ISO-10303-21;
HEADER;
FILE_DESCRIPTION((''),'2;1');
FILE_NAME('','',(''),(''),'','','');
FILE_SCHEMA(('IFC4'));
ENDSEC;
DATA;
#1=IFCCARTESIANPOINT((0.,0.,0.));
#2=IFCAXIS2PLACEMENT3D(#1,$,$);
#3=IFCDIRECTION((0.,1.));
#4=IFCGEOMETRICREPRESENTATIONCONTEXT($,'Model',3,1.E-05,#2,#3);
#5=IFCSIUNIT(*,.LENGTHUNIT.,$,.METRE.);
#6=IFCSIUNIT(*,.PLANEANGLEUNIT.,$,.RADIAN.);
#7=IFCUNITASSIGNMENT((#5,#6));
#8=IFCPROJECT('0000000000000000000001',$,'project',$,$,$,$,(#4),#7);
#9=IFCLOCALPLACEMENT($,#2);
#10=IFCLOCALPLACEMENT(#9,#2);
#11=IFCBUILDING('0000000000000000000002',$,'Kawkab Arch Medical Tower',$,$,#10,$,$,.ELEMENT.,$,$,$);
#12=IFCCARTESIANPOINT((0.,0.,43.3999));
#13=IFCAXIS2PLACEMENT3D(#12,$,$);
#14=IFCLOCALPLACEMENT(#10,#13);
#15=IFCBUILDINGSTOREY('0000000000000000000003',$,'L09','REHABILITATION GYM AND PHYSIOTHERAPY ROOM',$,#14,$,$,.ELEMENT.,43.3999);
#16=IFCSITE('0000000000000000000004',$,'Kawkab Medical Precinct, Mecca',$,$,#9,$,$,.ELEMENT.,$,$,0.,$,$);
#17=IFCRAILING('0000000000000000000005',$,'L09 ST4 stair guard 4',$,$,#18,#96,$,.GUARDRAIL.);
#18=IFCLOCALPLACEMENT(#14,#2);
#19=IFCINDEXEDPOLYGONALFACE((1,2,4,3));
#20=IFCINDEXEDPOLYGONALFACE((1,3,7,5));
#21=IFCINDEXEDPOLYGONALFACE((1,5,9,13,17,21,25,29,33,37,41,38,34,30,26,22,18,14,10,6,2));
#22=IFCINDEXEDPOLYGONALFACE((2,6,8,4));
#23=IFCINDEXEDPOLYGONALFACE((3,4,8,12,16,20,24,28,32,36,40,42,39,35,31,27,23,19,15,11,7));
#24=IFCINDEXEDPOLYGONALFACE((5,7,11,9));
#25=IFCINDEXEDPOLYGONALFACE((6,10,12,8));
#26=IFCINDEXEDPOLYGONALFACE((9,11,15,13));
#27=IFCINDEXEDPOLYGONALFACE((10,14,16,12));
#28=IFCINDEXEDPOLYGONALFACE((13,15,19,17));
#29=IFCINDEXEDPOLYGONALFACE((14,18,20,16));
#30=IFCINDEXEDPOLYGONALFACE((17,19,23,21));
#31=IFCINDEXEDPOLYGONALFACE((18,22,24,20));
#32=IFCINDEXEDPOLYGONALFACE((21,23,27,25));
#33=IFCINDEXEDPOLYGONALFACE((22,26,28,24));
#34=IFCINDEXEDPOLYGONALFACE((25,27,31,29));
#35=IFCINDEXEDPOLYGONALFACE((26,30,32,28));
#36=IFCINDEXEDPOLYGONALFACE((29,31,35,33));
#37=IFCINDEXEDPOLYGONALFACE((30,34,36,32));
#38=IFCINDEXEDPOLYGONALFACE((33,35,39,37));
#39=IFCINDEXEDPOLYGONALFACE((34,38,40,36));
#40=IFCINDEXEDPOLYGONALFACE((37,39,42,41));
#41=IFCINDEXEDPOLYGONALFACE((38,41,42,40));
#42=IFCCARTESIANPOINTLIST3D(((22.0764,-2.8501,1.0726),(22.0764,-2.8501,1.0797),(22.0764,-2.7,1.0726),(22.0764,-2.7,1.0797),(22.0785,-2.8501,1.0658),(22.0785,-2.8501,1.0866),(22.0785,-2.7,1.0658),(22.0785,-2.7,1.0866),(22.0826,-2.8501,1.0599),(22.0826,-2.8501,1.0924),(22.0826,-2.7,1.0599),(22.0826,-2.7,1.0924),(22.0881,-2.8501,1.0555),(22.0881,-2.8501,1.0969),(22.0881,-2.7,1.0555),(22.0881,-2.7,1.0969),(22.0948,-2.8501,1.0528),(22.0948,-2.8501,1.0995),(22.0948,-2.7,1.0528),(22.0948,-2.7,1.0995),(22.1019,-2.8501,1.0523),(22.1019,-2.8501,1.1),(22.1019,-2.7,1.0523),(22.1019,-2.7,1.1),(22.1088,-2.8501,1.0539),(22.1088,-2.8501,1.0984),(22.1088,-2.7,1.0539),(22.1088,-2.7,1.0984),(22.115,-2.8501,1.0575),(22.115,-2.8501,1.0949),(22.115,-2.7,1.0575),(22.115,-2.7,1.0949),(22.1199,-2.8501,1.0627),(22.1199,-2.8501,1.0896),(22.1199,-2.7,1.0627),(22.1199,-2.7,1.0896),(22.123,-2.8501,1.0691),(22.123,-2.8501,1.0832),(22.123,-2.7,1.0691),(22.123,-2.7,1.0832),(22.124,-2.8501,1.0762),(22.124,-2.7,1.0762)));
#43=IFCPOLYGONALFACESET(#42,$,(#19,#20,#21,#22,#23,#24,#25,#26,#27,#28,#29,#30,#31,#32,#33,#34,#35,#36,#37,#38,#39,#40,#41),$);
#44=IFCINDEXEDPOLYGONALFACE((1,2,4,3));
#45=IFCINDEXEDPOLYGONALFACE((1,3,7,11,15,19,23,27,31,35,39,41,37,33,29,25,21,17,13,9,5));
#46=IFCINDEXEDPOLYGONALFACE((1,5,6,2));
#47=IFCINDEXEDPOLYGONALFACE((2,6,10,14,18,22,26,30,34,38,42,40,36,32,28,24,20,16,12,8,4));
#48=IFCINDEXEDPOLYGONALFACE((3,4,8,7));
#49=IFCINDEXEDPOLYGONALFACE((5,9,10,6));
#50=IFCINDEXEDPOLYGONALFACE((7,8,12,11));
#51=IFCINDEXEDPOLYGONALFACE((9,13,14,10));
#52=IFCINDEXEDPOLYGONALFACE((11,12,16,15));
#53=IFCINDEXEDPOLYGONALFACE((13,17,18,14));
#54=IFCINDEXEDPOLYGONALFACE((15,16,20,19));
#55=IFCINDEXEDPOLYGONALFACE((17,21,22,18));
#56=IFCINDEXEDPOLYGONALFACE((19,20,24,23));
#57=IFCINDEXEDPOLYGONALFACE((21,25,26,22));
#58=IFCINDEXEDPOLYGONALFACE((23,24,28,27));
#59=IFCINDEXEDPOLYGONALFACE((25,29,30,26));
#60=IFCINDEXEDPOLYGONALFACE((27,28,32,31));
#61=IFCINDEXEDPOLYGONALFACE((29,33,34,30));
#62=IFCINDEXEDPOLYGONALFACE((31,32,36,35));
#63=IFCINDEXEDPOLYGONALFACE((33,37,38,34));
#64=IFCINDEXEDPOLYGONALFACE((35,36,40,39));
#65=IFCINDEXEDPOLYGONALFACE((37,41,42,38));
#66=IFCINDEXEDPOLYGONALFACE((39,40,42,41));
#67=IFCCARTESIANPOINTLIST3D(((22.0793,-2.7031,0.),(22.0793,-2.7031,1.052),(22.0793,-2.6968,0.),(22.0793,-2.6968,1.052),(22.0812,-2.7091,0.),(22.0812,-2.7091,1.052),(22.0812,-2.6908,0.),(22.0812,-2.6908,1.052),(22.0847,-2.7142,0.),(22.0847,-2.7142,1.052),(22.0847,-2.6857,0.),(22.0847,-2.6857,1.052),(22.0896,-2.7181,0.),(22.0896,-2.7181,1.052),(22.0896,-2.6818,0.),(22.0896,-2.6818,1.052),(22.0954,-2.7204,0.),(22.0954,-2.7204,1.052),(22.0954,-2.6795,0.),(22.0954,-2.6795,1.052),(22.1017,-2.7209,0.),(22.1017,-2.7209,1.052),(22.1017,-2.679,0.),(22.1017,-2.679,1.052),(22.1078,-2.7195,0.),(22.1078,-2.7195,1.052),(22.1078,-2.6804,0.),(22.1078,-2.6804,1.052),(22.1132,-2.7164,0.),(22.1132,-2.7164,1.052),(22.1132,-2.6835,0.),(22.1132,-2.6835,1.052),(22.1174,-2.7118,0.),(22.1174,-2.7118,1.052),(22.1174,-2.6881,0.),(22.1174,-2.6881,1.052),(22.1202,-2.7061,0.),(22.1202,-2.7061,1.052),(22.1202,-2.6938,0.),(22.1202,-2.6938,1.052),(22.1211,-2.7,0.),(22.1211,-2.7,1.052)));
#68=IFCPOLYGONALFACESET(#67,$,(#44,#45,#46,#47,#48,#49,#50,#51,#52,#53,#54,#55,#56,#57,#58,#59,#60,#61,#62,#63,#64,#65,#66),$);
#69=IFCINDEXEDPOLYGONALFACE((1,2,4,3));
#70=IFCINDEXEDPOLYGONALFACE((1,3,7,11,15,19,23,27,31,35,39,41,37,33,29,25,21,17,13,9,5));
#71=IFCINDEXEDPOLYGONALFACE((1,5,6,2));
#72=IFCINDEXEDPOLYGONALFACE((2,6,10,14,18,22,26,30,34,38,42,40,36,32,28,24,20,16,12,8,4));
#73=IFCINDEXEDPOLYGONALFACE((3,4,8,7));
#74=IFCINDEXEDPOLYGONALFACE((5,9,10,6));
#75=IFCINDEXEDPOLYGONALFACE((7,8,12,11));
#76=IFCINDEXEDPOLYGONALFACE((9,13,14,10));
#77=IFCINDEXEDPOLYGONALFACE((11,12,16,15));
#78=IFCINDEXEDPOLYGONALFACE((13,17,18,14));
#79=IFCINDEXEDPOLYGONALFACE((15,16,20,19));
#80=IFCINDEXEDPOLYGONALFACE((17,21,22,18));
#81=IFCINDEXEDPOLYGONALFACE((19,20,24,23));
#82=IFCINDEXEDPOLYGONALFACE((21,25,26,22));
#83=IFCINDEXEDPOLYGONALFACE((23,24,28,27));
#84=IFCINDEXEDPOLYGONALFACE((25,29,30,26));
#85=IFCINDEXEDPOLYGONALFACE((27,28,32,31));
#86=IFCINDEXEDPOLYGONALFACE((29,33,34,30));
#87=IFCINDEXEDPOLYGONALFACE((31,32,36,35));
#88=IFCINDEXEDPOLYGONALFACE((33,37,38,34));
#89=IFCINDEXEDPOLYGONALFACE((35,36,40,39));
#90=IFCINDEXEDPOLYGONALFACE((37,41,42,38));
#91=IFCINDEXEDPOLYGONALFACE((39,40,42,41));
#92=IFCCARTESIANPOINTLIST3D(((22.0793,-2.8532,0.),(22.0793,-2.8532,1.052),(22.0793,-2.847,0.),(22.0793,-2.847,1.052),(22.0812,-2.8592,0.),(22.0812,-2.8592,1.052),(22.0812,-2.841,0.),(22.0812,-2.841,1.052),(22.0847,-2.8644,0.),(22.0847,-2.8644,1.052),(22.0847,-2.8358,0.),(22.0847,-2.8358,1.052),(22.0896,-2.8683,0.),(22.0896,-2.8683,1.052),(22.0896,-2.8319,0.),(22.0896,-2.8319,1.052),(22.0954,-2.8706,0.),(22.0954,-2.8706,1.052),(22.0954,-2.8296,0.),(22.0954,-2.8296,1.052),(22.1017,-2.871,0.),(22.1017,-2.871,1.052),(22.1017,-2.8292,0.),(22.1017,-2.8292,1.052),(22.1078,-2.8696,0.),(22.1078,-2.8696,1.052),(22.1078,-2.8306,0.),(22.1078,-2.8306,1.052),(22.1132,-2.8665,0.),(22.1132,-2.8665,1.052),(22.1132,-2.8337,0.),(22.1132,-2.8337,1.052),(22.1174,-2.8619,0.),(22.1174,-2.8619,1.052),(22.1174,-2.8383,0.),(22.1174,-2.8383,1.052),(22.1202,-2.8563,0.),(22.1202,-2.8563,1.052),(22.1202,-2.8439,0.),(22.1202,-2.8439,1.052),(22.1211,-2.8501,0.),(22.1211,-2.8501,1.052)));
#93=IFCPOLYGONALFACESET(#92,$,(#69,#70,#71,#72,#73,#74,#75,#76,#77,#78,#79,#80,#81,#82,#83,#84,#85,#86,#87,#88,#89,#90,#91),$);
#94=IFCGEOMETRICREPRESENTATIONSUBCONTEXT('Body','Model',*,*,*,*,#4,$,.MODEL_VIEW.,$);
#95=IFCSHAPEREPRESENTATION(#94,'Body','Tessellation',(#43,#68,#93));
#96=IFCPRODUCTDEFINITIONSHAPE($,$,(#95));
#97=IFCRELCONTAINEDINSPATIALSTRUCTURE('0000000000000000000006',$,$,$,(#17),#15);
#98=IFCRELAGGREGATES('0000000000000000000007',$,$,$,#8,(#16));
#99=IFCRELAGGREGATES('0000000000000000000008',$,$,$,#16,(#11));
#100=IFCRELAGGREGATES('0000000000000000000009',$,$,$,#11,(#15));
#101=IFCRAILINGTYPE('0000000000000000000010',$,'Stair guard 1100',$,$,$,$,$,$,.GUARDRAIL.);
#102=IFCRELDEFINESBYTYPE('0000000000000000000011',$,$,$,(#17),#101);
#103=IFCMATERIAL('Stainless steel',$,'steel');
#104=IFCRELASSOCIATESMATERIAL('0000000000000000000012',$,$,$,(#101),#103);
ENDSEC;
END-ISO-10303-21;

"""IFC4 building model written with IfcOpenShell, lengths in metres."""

from ifc_helpers import new_model, si_unit, direction, frame, origin, origin_2d, place, context, subcontext, project, spatial, circle, extrude, material, type_object, element, save


model = new_model("IFC4")

# Units and contexts
model_context = context("Model", 3, precision=1e-05, world=origin(), true_north=direction((0.0, 1.0)))
body_context = subcontext(model_context, "Body", "Model", "MODEL_VIEW")
ifc_project = project(units=[si_unit("LENGTHUNIT", "METRE"), si_unit("PLANEANGLEUNIT", "RADIAN")], contexts=[model_context])

# Site, building, storey
site_placement = place(None, origin())
site = spatial("IfcSite", under=ifc_project, at=site_placement, Name="Kawkab Medical Precinct, Mecca", CompositionType="ELEMENT", RefElevation=0.0)
building_placement = place(site_placement, origin())
building = spatial("IfcBuilding", under=site, at=building_placement, Name="Kawkab Arch Medical Tower", CompositionType="ELEMENT")
storey_placement = place(building_placement, frame((0.0, 0.0, 43.3999)))
storey = spatial("IfcBuildingStorey", under=building, at=storey_placement, Name="L09", Description="REHABILITATION GYM AND PHYSIOTHERAPY ROOM", CompositionType="ELEMENT", Elevation=43.3999)

# Railing
ifc_material_1 = material(Name="Stainless steel", Category="steel")
railing_type_1 = type_object("IfcRailingType", Name="Stair guard 1100", PredefinedType="GUARDRAIL", material=ifc_material_1)
railing_1_placement = place(storey_placement, frame((22.1001, -2.7, 0.0)))
element("IfcRailing", 1, at=railing_1_placement, inside=storey, type_object=railing_type_1, Name="L09 ST4 stair guard 4", PredefinedType="GUARDRAIL", context=body_context, shape_type="SweptSolid", body=[
    extrude(circle(Radius=0.0239, at=origin_2d()), frame((0.0, 0.0, 1.0762), z_axis=(0.0, -1.0, 0.0), x_axis=(1.0, 0.0, 0.0)), (0.0, 0.0, 1.0), 0.1501),
    extrude(circle(Radius=0.021, at=origin_2d()), origin(), (0.0, 0.0, 1.0), 1.052),
    extrude(circle(Radius=0.021, at=origin_2d()), frame((0.0, -0.1501, 0.0)), (0.0, 0.0, 1.0), 1.052),
])

save(model, "model.ifc")
